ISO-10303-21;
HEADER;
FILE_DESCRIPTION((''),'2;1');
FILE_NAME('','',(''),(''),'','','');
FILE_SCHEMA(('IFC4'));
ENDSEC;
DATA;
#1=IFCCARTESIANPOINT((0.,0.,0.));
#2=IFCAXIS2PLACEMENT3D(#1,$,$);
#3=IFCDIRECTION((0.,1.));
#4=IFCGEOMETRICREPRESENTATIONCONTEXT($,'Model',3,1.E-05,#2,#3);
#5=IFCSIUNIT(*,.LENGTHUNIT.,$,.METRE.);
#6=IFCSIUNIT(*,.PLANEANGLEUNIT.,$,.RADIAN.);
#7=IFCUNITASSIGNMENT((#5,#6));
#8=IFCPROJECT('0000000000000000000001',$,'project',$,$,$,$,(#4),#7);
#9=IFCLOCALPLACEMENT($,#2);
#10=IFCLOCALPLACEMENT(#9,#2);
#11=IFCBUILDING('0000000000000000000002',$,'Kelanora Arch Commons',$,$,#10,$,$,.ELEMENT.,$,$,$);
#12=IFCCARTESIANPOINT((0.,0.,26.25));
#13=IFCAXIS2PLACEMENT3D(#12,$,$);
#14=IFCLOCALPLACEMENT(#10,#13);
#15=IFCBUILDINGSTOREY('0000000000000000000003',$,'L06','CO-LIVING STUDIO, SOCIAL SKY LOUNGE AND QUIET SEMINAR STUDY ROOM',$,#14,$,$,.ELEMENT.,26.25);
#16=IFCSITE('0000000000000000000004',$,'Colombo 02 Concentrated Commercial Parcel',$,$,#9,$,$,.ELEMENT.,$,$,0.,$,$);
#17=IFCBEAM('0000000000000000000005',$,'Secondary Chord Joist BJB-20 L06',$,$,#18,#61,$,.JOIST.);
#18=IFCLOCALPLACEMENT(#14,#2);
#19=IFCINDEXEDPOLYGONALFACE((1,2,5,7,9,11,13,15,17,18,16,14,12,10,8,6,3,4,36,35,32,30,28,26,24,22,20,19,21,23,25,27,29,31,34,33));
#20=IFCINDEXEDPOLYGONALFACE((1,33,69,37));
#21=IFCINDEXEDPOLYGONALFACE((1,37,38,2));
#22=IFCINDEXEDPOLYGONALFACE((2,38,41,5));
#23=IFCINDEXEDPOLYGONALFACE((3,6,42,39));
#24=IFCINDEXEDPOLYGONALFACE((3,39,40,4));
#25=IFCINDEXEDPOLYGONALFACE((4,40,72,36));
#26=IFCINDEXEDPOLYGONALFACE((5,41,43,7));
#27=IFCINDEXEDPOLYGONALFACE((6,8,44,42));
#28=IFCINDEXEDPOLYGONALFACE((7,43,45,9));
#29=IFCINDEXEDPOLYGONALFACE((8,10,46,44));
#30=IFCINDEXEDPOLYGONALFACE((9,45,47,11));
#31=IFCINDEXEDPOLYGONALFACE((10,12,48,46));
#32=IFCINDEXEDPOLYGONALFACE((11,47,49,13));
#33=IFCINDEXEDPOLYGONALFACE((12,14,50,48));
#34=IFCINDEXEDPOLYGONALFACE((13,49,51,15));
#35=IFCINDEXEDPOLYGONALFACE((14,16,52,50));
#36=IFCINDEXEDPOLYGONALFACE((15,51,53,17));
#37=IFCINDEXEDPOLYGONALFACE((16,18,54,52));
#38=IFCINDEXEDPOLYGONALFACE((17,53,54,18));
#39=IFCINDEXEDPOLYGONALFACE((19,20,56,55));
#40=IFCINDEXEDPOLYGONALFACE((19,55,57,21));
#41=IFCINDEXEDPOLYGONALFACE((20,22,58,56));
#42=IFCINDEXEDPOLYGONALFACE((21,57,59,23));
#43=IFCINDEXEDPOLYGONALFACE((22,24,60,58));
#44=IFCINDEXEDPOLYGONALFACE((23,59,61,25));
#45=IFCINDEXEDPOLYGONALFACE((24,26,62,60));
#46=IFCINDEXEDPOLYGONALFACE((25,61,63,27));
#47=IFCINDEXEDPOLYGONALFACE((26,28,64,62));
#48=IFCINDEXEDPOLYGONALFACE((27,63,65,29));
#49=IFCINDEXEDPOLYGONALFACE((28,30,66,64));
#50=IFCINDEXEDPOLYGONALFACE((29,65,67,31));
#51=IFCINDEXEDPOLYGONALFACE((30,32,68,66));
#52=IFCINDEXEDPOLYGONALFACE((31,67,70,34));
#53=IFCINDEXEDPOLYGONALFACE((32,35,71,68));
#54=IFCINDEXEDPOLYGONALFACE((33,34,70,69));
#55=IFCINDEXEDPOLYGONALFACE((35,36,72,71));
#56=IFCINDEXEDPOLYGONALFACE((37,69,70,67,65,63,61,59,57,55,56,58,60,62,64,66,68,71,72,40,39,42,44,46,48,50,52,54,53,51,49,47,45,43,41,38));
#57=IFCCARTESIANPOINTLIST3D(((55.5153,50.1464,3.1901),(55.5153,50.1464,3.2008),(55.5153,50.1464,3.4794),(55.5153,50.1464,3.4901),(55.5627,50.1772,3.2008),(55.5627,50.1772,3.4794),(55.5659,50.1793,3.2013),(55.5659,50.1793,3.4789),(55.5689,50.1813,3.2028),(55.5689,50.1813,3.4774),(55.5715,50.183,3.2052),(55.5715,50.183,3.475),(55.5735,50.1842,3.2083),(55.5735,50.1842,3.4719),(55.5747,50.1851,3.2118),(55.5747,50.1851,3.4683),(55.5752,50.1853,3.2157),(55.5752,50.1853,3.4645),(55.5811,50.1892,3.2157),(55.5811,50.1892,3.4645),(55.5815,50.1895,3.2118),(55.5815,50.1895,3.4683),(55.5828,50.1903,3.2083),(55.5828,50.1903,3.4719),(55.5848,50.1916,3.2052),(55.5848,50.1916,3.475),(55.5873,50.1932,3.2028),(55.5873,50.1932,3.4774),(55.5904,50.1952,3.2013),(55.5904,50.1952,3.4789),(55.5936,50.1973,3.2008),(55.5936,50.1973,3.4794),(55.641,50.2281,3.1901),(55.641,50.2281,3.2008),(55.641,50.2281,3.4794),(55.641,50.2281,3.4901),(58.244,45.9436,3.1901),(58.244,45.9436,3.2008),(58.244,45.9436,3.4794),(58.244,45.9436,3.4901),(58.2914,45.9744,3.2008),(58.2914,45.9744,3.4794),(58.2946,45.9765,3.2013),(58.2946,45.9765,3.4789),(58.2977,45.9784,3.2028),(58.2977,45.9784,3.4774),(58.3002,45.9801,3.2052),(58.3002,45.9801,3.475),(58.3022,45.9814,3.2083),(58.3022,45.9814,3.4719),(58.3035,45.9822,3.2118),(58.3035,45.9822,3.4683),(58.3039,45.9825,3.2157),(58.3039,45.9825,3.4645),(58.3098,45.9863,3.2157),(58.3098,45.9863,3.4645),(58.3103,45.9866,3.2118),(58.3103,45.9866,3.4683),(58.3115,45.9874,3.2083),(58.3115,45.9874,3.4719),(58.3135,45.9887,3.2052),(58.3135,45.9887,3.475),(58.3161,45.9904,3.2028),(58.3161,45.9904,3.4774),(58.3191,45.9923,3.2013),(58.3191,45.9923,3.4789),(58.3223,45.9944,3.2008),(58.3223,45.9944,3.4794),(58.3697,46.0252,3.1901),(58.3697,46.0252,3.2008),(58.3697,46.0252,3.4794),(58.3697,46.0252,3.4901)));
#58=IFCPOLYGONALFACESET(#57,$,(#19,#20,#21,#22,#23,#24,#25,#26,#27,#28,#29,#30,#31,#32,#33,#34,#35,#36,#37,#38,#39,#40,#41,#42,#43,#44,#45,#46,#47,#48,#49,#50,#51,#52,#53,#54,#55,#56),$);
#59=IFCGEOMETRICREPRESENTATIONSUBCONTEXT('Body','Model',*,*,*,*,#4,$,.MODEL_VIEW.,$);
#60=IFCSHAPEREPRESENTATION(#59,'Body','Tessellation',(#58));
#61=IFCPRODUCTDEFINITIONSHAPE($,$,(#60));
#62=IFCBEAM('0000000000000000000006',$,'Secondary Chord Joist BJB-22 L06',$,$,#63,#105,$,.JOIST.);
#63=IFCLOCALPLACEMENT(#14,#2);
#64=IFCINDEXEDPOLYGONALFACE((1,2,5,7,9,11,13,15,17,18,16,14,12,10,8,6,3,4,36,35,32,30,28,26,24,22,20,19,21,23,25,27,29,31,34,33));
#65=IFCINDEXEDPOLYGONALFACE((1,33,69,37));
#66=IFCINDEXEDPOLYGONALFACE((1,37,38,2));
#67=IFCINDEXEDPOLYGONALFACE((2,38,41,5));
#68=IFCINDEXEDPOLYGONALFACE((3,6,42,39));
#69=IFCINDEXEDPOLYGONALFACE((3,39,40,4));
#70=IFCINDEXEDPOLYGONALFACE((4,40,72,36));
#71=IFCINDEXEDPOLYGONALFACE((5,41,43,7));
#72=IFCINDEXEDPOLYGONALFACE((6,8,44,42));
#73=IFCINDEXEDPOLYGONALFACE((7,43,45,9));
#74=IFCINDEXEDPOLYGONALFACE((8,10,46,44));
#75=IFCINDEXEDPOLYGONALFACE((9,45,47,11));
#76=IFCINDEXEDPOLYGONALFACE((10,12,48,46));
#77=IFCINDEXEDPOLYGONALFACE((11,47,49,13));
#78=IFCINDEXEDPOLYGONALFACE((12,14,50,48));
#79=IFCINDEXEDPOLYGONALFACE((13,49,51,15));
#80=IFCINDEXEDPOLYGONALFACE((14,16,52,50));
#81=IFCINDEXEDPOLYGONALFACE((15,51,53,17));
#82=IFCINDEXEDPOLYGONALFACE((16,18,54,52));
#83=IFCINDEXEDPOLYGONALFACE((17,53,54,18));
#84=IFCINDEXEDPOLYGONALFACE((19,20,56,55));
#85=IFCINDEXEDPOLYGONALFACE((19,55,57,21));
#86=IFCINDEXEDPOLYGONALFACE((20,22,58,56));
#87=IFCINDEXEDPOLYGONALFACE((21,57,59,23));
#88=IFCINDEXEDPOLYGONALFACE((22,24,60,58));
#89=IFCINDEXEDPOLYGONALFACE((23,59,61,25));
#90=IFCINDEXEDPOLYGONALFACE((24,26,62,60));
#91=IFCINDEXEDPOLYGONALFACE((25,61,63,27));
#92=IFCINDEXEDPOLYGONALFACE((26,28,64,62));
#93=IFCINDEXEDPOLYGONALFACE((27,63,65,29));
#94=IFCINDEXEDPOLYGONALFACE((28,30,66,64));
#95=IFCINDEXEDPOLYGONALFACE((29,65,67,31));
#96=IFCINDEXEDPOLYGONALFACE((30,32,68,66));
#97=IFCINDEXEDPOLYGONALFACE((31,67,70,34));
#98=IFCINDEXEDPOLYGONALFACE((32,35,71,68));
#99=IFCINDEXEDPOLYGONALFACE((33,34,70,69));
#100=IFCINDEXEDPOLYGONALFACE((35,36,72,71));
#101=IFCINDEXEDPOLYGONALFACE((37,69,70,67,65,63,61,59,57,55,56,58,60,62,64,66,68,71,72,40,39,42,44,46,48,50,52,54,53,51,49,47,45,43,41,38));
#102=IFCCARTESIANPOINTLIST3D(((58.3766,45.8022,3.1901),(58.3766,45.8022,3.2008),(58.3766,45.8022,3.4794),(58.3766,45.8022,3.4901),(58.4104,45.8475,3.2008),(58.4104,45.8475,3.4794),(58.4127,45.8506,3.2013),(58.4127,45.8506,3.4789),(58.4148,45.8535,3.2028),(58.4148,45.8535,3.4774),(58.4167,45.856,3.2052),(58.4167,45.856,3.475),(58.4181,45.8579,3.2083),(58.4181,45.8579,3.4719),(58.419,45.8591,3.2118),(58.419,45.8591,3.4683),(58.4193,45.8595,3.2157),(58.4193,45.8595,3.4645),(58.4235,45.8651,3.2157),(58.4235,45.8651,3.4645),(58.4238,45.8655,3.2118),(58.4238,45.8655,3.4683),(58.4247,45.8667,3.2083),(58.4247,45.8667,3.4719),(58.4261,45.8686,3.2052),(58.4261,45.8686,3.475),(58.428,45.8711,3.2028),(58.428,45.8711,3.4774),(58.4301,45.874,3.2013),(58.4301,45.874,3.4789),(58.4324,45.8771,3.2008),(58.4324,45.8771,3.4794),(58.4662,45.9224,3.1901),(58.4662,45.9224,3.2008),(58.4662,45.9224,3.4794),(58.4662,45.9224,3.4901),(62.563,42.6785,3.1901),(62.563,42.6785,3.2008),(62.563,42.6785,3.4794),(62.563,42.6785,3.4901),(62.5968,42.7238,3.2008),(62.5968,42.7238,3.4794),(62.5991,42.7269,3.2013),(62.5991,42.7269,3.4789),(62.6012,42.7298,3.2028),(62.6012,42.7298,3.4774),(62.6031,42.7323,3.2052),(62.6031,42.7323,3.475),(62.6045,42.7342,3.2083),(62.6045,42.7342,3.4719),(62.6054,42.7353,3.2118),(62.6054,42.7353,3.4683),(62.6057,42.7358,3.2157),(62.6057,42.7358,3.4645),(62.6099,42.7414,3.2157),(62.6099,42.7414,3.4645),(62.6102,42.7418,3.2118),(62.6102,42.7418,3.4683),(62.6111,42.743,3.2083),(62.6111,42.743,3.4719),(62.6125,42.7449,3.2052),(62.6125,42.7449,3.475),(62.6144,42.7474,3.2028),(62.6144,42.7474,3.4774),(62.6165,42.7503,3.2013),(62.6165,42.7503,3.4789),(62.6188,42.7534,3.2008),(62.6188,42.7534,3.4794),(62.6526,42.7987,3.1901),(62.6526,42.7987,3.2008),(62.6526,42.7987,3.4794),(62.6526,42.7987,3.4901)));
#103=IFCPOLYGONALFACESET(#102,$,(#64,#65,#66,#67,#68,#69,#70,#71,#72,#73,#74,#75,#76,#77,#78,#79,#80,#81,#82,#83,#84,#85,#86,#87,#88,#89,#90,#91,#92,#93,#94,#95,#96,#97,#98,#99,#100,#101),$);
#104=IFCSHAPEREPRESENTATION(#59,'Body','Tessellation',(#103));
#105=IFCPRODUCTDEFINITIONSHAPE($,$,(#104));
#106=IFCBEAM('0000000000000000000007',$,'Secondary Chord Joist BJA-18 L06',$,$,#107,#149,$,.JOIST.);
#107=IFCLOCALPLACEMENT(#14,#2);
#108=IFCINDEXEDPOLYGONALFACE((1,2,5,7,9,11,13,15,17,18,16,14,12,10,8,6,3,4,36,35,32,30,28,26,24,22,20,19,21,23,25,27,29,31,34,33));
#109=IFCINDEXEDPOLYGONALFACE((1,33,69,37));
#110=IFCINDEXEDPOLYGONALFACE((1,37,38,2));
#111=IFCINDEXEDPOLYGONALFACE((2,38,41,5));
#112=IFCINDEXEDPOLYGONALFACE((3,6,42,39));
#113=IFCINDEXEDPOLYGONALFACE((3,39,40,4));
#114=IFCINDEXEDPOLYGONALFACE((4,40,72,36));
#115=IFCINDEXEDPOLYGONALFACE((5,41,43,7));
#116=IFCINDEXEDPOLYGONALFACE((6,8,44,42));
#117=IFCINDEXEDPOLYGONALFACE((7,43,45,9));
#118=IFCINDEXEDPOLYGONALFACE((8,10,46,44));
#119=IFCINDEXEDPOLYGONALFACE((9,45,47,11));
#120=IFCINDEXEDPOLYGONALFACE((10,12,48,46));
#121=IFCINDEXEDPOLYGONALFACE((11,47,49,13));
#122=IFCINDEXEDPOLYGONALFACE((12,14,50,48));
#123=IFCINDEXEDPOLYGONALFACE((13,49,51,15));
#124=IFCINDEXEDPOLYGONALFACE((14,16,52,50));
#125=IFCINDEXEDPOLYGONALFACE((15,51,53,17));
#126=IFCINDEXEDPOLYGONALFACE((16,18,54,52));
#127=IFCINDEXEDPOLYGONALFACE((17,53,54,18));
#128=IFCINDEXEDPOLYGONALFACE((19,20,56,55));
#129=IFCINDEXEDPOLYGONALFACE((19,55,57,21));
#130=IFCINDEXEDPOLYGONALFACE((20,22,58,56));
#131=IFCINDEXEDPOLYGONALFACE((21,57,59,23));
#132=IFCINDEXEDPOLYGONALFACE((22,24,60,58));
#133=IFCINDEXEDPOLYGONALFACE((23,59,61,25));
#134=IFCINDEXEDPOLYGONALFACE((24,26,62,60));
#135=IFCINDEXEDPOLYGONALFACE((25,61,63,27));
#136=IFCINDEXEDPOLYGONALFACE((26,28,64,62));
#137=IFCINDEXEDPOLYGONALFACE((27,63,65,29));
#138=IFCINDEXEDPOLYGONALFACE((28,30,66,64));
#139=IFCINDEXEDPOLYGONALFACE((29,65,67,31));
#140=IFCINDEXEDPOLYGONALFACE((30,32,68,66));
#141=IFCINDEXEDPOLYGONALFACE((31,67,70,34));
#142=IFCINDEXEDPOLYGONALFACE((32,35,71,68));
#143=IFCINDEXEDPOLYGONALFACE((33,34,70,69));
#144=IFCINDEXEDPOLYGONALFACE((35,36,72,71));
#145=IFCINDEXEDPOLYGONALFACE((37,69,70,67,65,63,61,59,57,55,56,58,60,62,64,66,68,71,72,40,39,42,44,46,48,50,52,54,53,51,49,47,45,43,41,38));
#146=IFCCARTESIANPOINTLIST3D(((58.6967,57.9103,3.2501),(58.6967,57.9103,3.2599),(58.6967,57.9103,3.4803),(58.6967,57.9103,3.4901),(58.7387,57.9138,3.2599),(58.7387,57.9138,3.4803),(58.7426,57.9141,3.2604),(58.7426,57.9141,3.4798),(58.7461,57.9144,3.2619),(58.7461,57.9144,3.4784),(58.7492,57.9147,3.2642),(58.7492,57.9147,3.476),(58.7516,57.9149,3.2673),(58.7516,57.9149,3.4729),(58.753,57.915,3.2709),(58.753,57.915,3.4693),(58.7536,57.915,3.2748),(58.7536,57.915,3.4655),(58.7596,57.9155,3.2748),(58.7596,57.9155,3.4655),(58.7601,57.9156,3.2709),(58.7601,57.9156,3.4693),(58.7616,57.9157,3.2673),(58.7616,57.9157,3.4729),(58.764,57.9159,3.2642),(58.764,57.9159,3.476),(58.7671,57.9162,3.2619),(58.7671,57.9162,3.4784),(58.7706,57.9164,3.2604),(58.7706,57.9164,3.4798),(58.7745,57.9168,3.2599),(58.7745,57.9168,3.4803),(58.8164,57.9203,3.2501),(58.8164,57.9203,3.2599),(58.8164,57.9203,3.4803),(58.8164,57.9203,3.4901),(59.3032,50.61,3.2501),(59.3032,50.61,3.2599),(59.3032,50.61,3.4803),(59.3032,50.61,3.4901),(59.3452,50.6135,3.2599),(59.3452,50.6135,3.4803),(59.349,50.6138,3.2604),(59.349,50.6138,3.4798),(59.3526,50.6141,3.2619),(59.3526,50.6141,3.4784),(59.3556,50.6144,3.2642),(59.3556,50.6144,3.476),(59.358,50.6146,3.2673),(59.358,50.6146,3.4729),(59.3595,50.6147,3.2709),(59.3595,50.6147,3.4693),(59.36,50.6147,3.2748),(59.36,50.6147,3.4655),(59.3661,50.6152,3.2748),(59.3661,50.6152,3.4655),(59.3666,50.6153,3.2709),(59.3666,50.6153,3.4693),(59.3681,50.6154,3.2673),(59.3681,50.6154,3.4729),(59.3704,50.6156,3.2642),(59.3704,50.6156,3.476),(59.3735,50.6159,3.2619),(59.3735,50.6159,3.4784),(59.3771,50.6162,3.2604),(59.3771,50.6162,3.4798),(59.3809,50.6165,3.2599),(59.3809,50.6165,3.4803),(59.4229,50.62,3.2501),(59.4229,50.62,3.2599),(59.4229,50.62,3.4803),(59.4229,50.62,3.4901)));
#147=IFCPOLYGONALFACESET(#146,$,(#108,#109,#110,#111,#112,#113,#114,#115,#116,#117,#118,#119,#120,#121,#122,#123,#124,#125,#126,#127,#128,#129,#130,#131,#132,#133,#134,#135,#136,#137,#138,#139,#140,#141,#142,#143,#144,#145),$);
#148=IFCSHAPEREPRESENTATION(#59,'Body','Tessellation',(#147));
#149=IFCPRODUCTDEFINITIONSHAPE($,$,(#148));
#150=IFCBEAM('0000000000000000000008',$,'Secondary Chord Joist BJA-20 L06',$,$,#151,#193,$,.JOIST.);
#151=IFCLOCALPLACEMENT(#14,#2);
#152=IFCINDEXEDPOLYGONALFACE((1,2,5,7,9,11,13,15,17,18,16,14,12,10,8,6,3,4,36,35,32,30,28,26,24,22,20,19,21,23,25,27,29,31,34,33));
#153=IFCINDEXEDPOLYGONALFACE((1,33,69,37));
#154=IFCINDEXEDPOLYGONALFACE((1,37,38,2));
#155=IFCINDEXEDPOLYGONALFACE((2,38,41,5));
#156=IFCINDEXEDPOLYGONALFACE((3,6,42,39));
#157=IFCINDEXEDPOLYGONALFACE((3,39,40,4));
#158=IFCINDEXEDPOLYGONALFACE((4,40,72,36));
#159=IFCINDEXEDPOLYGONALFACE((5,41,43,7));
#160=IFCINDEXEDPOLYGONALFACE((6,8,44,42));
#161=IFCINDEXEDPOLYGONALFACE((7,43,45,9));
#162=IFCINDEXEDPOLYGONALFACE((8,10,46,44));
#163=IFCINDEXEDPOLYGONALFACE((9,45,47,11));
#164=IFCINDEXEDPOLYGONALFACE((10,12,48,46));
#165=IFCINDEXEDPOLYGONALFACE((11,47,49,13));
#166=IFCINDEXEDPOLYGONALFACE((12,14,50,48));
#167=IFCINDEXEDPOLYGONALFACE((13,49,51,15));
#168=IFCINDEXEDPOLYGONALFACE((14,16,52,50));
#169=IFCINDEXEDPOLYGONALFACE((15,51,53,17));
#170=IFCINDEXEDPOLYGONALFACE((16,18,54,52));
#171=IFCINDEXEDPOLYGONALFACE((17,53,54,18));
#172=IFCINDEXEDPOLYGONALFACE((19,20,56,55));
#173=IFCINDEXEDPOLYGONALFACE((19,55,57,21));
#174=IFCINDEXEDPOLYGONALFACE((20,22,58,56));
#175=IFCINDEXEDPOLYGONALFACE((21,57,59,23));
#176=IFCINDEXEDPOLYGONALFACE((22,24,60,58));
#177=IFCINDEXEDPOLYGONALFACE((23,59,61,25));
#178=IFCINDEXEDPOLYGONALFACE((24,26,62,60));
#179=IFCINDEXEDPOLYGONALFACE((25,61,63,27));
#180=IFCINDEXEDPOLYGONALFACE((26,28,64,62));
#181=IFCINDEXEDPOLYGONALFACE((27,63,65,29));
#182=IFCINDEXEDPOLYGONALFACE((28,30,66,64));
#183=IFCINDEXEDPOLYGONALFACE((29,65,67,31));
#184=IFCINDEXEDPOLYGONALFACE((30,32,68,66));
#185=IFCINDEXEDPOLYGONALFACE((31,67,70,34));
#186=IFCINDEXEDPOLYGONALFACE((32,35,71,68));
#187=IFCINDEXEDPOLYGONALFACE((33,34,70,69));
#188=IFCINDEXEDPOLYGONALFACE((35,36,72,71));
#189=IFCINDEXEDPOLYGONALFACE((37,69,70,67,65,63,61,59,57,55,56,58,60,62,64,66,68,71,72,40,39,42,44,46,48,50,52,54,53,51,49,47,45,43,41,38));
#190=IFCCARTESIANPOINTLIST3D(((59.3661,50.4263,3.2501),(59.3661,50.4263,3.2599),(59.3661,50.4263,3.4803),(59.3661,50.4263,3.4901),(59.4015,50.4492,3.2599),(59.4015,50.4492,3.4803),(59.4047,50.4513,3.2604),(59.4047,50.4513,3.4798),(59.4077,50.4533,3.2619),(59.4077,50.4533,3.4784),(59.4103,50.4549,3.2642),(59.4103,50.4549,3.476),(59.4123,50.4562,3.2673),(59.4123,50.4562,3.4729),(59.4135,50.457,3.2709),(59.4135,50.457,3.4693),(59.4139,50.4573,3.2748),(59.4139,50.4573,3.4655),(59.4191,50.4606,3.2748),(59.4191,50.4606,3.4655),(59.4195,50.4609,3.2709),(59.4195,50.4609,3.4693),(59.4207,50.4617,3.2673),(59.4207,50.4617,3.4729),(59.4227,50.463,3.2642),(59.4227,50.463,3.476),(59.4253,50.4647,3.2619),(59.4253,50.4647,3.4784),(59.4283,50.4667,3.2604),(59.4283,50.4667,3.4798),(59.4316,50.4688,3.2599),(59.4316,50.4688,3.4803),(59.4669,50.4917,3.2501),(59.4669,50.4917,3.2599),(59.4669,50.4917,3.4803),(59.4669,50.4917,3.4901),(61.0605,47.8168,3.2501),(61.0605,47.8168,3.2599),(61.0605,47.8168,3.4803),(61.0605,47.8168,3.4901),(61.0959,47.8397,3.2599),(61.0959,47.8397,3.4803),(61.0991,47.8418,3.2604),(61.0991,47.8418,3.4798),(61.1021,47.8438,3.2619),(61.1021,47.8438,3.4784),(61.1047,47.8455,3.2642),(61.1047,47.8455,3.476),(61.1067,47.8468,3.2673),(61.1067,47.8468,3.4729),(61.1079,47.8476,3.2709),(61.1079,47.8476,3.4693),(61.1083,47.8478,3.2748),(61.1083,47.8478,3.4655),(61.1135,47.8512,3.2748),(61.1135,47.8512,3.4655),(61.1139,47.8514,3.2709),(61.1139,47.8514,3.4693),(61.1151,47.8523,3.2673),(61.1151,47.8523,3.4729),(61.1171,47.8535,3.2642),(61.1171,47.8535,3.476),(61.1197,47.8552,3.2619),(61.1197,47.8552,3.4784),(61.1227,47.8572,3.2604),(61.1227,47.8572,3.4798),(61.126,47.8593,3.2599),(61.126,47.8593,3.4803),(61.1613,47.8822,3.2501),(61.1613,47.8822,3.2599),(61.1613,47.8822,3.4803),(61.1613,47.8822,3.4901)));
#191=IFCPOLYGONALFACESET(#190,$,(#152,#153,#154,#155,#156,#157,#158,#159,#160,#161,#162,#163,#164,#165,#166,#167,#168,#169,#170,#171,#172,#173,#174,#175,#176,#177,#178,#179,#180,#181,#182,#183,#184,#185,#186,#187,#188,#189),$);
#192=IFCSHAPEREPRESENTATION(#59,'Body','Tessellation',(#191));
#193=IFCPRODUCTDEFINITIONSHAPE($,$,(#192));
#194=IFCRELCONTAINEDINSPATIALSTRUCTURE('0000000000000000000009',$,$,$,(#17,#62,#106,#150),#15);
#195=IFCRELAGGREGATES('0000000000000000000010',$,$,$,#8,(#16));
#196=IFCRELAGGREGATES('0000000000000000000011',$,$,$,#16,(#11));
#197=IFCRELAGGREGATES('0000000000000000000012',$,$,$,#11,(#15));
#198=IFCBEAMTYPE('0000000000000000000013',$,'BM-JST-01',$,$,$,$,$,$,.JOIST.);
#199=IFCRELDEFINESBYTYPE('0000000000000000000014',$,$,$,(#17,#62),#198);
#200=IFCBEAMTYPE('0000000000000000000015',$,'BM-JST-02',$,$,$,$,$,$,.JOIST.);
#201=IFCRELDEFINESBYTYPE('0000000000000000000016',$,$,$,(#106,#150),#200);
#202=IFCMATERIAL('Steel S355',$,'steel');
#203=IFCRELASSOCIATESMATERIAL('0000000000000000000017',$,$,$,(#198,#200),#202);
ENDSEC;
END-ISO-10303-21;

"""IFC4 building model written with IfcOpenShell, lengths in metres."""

from ifc_helpers import new_model, si_unit, direction, frame, origin, origin_2d, place, context, subcontext, project, spatial, i_section, extrude, material, material_profile, profile_set, type_object, element, save


model = new_model("IFC4")

# Units and contexts
model_context = context("Model", 3, precision=1e-05, world=origin(), true_north=direction((0.0, 1.0)))
body_context = subcontext(model_context, "Body", "Model", "MODEL_VIEW")
ifc_project = project(units=[si_unit("LENGTHUNIT", "METRE"), si_unit("PLANEANGLEUNIT", "RADIAN")], contexts=[model_context])

# Site, building, storey
site_placement = place(None, origin())
site = spatial("IfcSite", under=ifc_project, at=site_placement, Name="Colombo 02 Concentrated Commercial Parcel", CompositionType="ELEMENT", RefElevation=0.0)
building_placement = place(site_placement, origin())
building = spatial("IfcBuilding", under=site, at=building_placement, Name="Kelanora Arch Commons", CompositionType="ELEMENT")
storey_placement = place(building_placement, frame((0.0, 0.0, 26.25)))
storey = spatial("IfcBuildingStorey", under=building, at=storey_placement, Name="L06", Description="CO-LIVING STUDIO, SOCIAL SKY LOUNGE AND QUIET SEMINAR STUDY ROOM", CompositionType="ELEMENT", Elevation=26.25)

# Beams
ifc_material_1 = material(Name="Steel S355", Category="steel")
ifc_material_profile_1 = material_profile(ifc_material_1, i_section(OverallWidth=0.1499, OverallDepth=0.3, WebThickness=0.0071, FlangeThickness=0.0107, FilletRadius=0.0149, at=origin_2d()), Name="IPE300")
ifc_profile_set_1 = profile_set([ifc_material_profile_1], Name="Steel S355")
beam_type_1 = type_object("IfcBeamType", Name="BM-JST-01", PredefinedType="JOIST", material=ifc_profile_set_1)
beam_1_placement = place(storey_placement, frame((55.5781, 50.1873, 3.3401), z_axis=(0.544552, -0.838727, 0.0), x_axis=(0.838727, 0.544552, 0.0)))
element("IfcBeam", 1, at=beam_1_placement, inside=storey, type_object=beam_type_1, Name="Secondary Chord Joist BJB-20 L06", PredefinedType="JOIST", context=body_context, shape_type="SweptSolid", body=[
    extrude(i_section(OverallWidth=0.1499, OverallDepth=0.3, WebThickness=0.0071, FlangeThickness=0.0107, FilletRadius=0.0149, at=origin_2d()), origin(), (0.0, 0.0, 1.0), 5.011),
])
beam_2_placement = place(storey_placement, frame((58.4214, 45.8623, 3.3401), z_axis=(0.801478, -0.598024, 0.0), x_axis=(0.598024, 0.801478, 0.0)))
element("IfcBeam", 2, at=beam_2_placement, inside=storey, type_object=beam_type_1, Name="Secondary Chord Joist BJB-22 L06", PredefinedType="JOIST", context=body_context, shape_type="SweptSolid", body=[
    extrude(i_section(OverallWidth=0.1499, OverallDepth=0.3, WebThickness=0.0071, FlangeThickness=0.0107, FilletRadius=0.0149, at=origin_2d()), origin(), (0.0, 0.0, 1.0), 5.2234),
])
ifc_material_profile_2 = material_profile(ifc_material_1, i_section(OverallWidth=0.1201, OverallDepth=0.24, WebThickness=0.0061, FlangeThickness=0.0098, FilletRadius=0.0149, at=origin_2d()), Name="IPE240")
ifc_profile_set_2 = profile_set([ifc_material_profile_2], Name="Steel S355")
beam_type_2 = type_object("IfcBeamType", Name="BM-JST-02", PredefinedType="JOIST", material=ifc_profile_set_2)
beam_3_placement = place(storey_placement, frame((58.7566, 57.9153, 3.3701), z_axis=(0.082786, -0.996567, 0.0), x_axis=(0.996567, 0.082786, 0.0)))
element("IfcBeam", 3, at=beam_3_placement, inside=storey, type_object=beam_type_2, Name="Secondary Chord Joist BJA-18 L06", PredefinedType="JOIST", context=body_context, shape_type="SweptSolid", body=[
    extrude(i_section(OverallWidth=0.1201, OverallDepth=0.24, WebThickness=0.0061, FlangeThickness=0.0098, FilletRadius=0.0149, at=origin_2d()), origin(), (0.0, 0.0, 1.0), 7.3254),
])
beam_4_placement = place(storey_placement, frame((59.4165, 50.459, 3.3701), z_axis=(0.544591, -0.838702, 0.0), x_axis=(0.838702, 0.544591, 0.0)))
element("IfcBeam", 4, at=beam_4_placement, inside=storey, type_object=beam_type_2, Name="Secondary Chord Joist BJA-20 L06", PredefinedType="JOIST", context=body_context, shape_type="SweptSolid", body=[
    extrude(i_section(OverallWidth=0.1201, OverallDepth=0.24, WebThickness=0.0061, FlangeThickness=0.0098, FilletRadius=0.0149, at=origin_2d()), origin(), (0.0, 0.0, 1.0), 3.1113),
])

save(model, "model.ifc")
